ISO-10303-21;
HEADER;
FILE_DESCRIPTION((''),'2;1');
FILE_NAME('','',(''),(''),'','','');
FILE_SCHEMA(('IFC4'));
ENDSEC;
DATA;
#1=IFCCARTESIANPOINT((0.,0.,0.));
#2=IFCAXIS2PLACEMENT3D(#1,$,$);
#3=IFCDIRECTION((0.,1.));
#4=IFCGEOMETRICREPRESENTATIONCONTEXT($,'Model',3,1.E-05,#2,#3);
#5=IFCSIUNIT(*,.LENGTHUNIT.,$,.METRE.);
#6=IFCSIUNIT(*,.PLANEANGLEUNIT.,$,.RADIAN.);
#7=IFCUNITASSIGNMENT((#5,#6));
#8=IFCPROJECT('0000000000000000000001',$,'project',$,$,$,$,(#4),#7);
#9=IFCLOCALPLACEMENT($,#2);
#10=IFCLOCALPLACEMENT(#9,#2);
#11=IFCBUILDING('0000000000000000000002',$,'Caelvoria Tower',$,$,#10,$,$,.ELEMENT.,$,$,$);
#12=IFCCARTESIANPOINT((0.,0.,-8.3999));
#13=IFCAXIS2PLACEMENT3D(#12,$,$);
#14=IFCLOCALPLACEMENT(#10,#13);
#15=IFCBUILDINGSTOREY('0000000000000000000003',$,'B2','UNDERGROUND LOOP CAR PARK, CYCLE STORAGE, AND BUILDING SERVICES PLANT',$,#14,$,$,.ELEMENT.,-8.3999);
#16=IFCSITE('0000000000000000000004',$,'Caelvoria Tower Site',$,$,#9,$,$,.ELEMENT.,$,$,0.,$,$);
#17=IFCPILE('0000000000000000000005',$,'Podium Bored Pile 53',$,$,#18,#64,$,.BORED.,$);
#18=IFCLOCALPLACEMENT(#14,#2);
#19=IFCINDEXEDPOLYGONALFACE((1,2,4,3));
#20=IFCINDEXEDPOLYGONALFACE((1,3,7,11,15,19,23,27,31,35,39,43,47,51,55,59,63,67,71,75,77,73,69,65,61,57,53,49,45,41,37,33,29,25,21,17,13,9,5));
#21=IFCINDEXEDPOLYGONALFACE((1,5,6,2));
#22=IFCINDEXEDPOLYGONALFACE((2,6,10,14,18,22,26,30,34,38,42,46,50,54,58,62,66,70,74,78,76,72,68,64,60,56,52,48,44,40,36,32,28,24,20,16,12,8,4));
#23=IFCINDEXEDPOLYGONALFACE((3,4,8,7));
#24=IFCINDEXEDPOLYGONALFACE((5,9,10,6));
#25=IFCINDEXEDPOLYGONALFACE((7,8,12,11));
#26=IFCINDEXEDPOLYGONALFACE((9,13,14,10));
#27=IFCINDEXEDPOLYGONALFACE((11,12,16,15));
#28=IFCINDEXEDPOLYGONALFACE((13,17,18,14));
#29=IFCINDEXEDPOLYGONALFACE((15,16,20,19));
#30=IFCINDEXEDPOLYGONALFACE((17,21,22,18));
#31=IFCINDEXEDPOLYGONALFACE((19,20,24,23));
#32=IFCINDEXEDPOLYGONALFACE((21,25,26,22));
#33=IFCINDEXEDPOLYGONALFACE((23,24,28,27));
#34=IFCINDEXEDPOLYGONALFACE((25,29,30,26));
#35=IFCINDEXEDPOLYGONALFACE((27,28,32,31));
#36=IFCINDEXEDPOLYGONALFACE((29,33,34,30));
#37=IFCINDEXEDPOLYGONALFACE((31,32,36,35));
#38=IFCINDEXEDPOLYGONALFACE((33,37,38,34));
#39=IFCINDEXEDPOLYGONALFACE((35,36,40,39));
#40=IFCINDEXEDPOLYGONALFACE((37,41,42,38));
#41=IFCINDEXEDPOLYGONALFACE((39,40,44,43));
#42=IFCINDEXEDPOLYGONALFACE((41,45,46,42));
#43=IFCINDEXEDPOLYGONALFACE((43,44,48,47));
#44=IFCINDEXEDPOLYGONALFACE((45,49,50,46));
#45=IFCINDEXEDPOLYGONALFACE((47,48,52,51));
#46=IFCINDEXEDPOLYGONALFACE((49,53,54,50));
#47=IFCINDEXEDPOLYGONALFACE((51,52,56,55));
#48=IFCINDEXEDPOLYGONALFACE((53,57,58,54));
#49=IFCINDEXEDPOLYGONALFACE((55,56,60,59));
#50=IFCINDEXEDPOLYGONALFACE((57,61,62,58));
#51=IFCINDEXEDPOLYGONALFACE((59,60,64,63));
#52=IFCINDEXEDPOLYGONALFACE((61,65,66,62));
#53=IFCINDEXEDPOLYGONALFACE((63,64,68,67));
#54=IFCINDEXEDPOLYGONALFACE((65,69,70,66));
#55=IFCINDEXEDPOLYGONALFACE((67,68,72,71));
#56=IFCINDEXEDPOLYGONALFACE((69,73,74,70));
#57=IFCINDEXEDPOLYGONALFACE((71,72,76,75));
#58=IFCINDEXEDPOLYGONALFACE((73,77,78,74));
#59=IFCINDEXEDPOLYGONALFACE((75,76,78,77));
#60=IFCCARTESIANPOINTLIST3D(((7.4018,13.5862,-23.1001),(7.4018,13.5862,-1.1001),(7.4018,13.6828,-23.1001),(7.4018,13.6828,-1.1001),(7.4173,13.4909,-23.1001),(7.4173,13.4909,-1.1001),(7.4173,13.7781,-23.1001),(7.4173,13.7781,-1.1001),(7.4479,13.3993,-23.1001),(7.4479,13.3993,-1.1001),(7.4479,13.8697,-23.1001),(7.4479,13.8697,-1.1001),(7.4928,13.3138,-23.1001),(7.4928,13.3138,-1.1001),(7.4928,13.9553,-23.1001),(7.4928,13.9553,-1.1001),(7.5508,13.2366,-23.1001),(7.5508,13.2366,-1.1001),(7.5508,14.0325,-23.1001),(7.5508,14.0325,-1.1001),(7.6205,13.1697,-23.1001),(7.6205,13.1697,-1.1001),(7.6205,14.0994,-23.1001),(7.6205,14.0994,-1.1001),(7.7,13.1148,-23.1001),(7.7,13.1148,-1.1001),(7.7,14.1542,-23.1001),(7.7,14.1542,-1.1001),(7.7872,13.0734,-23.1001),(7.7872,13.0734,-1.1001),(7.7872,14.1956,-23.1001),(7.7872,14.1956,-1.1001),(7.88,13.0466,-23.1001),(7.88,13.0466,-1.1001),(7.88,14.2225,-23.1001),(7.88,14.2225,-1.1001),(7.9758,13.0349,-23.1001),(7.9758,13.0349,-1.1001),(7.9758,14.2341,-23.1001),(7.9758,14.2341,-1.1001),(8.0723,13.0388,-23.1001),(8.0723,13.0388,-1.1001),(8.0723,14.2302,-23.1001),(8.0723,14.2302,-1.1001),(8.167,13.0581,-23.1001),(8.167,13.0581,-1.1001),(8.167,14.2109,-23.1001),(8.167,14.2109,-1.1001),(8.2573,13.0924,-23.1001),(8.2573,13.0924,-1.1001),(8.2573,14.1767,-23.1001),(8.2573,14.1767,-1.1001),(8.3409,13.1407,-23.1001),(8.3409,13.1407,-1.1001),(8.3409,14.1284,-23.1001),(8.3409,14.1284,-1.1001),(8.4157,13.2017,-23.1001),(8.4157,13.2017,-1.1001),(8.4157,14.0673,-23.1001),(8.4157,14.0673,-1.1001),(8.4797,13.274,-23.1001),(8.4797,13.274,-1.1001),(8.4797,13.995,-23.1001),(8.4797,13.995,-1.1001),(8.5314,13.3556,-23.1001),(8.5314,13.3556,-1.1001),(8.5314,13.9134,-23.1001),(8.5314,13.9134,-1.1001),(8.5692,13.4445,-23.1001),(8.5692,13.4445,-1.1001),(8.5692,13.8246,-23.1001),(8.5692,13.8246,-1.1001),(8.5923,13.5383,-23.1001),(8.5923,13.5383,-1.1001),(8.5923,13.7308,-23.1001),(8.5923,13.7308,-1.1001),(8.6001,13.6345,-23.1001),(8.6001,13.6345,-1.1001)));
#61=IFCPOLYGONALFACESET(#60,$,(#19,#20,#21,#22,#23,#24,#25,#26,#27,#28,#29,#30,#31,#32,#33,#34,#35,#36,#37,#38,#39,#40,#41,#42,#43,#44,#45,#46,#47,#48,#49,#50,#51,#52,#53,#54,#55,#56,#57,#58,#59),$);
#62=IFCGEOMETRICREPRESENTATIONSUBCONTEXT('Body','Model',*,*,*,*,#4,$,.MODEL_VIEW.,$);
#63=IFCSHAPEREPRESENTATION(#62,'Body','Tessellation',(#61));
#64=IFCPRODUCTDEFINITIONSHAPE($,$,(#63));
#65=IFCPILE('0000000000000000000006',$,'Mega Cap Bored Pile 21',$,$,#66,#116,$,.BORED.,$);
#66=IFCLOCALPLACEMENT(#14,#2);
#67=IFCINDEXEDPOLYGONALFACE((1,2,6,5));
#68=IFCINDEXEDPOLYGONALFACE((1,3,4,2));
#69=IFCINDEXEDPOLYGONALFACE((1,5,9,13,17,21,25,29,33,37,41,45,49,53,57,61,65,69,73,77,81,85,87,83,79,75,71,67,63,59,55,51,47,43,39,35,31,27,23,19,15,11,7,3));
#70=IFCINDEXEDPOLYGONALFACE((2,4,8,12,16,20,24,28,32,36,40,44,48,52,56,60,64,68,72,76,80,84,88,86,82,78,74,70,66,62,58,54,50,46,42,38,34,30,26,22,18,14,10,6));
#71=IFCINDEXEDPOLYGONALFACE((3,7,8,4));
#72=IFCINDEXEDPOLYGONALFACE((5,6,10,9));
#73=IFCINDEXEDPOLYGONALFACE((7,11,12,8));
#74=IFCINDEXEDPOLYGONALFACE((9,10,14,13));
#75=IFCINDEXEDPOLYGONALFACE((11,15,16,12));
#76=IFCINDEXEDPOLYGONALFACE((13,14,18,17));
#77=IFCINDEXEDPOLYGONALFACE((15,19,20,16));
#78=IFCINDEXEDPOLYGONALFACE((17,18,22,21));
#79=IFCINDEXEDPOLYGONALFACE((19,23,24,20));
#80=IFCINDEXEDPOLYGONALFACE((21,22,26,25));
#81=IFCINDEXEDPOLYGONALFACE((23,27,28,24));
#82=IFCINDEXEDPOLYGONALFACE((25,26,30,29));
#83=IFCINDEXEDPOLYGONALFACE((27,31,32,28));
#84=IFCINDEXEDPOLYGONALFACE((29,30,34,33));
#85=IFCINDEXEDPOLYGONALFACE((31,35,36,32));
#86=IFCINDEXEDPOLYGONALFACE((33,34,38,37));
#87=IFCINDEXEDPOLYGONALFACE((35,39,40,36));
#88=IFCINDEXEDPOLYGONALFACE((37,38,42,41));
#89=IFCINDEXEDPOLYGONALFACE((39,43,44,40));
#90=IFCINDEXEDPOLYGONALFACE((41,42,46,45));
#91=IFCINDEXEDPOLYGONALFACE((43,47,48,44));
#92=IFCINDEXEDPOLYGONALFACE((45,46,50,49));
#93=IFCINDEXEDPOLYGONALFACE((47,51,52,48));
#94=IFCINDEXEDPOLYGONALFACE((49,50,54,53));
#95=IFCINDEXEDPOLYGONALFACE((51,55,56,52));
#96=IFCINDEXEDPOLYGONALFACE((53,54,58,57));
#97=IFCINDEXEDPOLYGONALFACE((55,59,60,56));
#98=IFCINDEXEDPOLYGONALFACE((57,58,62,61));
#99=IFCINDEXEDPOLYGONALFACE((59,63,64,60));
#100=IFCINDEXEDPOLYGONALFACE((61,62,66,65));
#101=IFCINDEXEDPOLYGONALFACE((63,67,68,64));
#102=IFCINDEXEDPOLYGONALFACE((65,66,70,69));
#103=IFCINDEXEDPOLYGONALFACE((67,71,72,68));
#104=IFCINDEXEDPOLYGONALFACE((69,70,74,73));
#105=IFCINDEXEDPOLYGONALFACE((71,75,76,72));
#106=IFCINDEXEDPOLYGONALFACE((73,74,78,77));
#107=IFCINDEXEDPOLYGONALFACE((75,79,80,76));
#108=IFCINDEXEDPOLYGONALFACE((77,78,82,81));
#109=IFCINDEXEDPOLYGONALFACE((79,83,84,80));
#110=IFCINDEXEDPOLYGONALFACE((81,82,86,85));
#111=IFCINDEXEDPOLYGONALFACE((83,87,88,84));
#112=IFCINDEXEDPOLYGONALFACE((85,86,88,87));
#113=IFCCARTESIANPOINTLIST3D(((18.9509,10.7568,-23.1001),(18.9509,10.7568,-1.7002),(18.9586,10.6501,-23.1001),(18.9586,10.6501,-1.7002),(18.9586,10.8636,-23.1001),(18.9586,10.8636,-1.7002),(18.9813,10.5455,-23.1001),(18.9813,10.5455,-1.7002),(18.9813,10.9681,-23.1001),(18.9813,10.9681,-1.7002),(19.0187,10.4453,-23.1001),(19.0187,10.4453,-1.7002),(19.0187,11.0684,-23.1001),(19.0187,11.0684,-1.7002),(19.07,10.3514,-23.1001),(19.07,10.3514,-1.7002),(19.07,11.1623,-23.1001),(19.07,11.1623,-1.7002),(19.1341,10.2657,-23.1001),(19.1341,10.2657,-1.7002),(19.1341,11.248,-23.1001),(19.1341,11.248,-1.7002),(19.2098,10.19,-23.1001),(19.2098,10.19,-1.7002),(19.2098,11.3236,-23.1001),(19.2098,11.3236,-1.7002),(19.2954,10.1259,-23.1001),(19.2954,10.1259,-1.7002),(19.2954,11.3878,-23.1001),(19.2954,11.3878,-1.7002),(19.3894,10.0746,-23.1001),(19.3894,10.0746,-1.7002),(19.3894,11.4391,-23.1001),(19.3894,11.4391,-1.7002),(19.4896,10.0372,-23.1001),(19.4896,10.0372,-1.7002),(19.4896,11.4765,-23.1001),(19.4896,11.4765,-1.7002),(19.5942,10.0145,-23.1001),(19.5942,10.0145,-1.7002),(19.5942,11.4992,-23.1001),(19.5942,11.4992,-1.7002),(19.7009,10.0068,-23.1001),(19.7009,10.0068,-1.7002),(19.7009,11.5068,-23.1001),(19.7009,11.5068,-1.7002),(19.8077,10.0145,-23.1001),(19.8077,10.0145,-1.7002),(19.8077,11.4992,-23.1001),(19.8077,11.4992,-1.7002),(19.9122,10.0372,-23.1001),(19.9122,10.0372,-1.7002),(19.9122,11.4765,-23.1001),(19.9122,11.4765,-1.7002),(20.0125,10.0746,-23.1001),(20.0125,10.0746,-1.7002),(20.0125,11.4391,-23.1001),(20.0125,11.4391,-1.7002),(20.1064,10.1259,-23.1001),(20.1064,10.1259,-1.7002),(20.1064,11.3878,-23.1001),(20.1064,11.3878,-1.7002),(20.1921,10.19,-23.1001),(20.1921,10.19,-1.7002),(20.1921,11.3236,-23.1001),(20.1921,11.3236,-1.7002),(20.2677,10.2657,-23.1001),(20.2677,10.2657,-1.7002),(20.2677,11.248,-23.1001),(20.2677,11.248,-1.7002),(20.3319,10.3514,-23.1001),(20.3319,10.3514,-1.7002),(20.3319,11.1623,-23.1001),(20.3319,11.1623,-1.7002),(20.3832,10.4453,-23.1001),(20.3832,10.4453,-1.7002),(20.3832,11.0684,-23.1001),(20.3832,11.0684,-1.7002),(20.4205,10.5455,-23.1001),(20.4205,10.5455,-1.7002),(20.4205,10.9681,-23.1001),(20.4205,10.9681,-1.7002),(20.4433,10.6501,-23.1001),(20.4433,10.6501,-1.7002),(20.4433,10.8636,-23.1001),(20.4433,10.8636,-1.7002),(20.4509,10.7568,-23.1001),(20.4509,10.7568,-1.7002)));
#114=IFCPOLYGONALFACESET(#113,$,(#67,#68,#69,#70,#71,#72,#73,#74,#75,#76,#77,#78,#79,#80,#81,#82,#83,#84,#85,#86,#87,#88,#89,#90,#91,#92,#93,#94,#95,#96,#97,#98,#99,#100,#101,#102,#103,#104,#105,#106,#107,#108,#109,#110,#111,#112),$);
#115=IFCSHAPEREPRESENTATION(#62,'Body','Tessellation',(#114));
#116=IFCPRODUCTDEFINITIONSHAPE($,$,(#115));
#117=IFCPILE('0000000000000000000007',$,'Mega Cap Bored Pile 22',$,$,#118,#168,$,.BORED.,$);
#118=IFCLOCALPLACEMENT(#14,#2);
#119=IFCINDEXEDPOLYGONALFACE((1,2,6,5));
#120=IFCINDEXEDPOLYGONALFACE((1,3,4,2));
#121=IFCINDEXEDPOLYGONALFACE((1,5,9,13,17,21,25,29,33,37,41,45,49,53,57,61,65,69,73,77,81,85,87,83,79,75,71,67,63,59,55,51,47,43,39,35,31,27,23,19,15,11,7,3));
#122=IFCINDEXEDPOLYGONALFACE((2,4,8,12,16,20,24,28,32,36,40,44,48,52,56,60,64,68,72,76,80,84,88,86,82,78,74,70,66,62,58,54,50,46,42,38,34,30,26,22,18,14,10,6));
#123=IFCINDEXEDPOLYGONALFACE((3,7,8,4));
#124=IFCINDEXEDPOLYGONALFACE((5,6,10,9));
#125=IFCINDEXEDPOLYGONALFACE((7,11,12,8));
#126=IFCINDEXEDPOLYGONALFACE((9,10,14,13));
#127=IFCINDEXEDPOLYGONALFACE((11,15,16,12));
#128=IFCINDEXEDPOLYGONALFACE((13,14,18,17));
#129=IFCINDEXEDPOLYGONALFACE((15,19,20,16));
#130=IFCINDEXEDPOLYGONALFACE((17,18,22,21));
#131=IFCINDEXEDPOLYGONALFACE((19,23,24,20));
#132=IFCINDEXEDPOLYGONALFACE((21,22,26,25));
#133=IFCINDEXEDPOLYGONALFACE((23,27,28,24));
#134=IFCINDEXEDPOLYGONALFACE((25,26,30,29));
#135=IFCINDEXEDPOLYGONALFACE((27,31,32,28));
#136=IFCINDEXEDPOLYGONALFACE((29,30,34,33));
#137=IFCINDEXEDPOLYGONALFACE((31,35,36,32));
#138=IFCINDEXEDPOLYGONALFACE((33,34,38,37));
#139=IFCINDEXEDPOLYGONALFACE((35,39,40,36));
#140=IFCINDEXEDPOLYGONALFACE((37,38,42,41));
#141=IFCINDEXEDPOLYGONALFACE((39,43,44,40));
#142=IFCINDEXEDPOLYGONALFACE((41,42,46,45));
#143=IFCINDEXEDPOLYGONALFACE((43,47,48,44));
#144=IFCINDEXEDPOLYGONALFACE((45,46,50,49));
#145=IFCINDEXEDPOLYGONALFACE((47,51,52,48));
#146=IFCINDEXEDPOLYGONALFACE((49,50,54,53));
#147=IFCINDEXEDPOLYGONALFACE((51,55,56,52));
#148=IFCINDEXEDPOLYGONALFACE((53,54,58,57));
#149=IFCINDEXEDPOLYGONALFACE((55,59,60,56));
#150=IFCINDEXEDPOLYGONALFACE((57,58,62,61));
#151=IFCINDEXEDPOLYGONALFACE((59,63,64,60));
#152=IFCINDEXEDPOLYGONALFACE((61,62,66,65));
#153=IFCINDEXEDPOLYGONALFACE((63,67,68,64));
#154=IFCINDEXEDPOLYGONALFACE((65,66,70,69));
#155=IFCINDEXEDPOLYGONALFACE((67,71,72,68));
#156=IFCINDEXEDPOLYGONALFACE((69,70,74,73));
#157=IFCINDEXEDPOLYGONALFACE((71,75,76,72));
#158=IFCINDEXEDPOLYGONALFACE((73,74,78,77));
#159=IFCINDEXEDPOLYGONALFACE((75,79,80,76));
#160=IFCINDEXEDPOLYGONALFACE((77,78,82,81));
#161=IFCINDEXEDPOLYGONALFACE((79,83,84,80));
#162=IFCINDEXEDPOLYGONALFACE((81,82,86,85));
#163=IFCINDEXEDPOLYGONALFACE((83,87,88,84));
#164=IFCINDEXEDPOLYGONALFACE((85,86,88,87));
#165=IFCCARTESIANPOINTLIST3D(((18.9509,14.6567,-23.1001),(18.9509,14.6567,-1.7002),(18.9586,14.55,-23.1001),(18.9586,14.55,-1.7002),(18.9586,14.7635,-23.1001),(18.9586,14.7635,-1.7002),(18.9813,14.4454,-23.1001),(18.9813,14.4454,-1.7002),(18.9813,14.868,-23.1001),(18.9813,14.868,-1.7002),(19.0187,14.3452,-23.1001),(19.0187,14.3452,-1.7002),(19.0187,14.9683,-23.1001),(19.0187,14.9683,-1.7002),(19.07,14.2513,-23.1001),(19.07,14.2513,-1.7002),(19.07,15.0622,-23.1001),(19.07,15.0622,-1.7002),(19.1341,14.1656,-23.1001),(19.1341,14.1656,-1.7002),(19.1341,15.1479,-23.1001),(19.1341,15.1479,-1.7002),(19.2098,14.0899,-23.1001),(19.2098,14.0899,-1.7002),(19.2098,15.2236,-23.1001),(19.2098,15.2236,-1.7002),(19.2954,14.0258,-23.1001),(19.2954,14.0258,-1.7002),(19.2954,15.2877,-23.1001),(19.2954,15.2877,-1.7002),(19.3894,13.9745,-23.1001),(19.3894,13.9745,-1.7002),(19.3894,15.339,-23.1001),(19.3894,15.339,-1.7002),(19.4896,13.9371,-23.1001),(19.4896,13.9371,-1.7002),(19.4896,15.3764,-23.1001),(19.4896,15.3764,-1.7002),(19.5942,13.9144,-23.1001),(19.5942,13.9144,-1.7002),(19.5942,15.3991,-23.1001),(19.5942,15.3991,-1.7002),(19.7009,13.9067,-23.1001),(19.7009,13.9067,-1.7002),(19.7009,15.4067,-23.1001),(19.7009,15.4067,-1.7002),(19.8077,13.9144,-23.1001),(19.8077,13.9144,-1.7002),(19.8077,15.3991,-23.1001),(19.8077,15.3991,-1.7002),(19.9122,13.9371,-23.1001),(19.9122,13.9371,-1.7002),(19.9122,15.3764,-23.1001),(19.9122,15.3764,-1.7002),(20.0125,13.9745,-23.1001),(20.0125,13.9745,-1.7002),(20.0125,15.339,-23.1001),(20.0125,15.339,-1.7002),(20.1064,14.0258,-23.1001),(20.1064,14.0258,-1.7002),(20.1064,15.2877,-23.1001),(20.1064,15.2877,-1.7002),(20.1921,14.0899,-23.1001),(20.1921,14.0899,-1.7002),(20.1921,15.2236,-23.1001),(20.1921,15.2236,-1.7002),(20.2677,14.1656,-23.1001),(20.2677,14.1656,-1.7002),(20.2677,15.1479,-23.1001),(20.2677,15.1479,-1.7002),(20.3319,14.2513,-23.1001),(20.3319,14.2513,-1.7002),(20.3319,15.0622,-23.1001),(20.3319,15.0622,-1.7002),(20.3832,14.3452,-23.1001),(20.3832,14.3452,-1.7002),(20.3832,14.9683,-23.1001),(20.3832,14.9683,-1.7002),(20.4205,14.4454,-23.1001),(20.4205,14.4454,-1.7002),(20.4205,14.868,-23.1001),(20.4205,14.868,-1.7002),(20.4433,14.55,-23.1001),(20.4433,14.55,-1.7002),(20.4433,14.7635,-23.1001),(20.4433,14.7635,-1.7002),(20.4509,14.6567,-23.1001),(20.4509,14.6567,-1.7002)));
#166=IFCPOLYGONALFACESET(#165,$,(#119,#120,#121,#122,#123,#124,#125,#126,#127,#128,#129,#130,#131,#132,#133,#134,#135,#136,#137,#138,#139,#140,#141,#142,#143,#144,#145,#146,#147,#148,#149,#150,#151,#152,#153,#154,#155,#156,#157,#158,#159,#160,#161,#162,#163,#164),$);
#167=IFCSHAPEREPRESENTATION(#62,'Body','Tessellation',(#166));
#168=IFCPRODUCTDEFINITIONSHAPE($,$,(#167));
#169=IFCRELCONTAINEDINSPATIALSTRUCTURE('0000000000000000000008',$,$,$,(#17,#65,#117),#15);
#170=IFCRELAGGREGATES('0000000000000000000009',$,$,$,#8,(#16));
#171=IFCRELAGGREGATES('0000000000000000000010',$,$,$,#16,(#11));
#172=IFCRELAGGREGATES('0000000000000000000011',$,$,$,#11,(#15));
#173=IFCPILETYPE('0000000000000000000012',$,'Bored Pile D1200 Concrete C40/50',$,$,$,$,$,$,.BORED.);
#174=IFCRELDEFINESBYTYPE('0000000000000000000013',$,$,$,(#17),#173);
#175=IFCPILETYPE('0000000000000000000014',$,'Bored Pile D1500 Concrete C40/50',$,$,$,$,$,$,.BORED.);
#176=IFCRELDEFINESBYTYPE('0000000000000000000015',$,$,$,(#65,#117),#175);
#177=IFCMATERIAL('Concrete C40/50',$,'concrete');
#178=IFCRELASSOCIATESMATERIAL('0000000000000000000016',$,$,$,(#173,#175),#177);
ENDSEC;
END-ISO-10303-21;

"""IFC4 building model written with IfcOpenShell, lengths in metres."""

from ifc_helpers import new_model, si_unit, direction, frame, origin, origin_2d, place, context, subcontext, project, spatial, circle, extrude, material, material_profile, profile_set, type_object, element, save


model = new_model("IFC4")

# Units and contexts
model_context = context("Model", 3, precision=1e-05, world=origin(), true_north=direction((0.0, 1.0)))
body_context = subcontext(model_context, "Body", "Model", "MODEL_VIEW")
ifc_project = project(units=[si_unit("LENGTHUNIT", "METRE"), si_unit("PLANEANGLEUNIT", "RADIAN")], contexts=[model_context])

# Site, building, storey
site_placement = place(None, origin())
site = spatial("IfcSite", under=ifc_project, at=site_placement, Name="Caelvoria Tower Site", CompositionType="ELEMENT", RefElevation=0.0)
building_placement = place(site_placement, origin())
building = spatial("IfcBuilding", under=site, at=building_placement, Name="Caelvoria Tower", CompositionType="ELEMENT")
storey_placement = place(building_placement, frame((0.0, 0.0, -8.3999)))
storey = spatial("IfcBuildingStorey", under=building, at=storey_placement, Name="B2", Description="UNDERGROUND LOOP CAR PARK, CYCLE STORAGE, AND BUILDING SERVICES PLANT", CompositionType="ELEMENT", Elevation=-8.3999)

# Piles
ifc_material_1 = material(Name="Concrete C40/50", Category="concrete")
ifc_material_profile_1 = material_profile(ifc_material_1, circle(Radius=0.6001, at=origin_2d()), Name="Concrete C40/50")
ifc_profile_set_1 = profile_set([ifc_material_profile_1], Name="PILE_D1200 - Concrete C40/50")
pile_type_1 = type_object("IfcPileType", Name="Bored Pile D1200 Concrete C40/50", PredefinedType="BORED", material=ifc_profile_set_1)
pile_placement = place(storey_placement, frame((8.0, 13.6345, -1.1001), z_axis=(0.0, 0.0, -1.0), x_axis=(1.0, 0.0, 0.0)))
element("IfcPile", 1, at=pile_placement, inside=storey, type_object=pile_type_1, Name="Podium Bored Pile 53", PredefinedType="BORED", context=body_context, shape_type="SweptSolid", body=[
    extrude(circle(Radius=0.6001, at=origin_2d()), origin(), (0.0, 0.0, 1.0), 22.0),
])
ifc_material_profile_2 = material_profile(ifc_material_1, circle(Radius=0.75, at=origin_2d()), Name="Concrete C40/50")
ifc_profile_set_2 = profile_set([ifc_material_profile_2], Name="PILE_D1500 - Concrete C40/50")
pile_type_2 = type_object("IfcPileType", Name="Bored Pile D1500 Concrete C40/50", PredefinedType="BORED", material=ifc_profile_set_2)
for number, where, z_axis, x_axis, name in (
    (2, (19.7009, 10.7568, -1.7002), (0.0, 0.0, -1.0), (1.0, 0.0, 0.0), "Mega Cap Bored Pile 21"),
    (3, (19.7009, 14.6567, -1.7002), (0.0, 0.0, -1.0), (1.0, 0.0, 0.0), "Mega Cap Bored Pile 22"),
):
    element("IfcPile", number, at=place(storey_placement, frame(where, z_axis=z_axis, x_axis=x_axis)), inside=storey, type_object=pile_type_2, Name=name, PredefinedType="BORED", context=body_context, shape_type="SweptSolid", body=[
        extrude(circle(Radius=0.75, at=origin_2d()), origin(), (0.0, 0.0, 1.0), 21.3999),
    ])

save(model, "model.ifc")
